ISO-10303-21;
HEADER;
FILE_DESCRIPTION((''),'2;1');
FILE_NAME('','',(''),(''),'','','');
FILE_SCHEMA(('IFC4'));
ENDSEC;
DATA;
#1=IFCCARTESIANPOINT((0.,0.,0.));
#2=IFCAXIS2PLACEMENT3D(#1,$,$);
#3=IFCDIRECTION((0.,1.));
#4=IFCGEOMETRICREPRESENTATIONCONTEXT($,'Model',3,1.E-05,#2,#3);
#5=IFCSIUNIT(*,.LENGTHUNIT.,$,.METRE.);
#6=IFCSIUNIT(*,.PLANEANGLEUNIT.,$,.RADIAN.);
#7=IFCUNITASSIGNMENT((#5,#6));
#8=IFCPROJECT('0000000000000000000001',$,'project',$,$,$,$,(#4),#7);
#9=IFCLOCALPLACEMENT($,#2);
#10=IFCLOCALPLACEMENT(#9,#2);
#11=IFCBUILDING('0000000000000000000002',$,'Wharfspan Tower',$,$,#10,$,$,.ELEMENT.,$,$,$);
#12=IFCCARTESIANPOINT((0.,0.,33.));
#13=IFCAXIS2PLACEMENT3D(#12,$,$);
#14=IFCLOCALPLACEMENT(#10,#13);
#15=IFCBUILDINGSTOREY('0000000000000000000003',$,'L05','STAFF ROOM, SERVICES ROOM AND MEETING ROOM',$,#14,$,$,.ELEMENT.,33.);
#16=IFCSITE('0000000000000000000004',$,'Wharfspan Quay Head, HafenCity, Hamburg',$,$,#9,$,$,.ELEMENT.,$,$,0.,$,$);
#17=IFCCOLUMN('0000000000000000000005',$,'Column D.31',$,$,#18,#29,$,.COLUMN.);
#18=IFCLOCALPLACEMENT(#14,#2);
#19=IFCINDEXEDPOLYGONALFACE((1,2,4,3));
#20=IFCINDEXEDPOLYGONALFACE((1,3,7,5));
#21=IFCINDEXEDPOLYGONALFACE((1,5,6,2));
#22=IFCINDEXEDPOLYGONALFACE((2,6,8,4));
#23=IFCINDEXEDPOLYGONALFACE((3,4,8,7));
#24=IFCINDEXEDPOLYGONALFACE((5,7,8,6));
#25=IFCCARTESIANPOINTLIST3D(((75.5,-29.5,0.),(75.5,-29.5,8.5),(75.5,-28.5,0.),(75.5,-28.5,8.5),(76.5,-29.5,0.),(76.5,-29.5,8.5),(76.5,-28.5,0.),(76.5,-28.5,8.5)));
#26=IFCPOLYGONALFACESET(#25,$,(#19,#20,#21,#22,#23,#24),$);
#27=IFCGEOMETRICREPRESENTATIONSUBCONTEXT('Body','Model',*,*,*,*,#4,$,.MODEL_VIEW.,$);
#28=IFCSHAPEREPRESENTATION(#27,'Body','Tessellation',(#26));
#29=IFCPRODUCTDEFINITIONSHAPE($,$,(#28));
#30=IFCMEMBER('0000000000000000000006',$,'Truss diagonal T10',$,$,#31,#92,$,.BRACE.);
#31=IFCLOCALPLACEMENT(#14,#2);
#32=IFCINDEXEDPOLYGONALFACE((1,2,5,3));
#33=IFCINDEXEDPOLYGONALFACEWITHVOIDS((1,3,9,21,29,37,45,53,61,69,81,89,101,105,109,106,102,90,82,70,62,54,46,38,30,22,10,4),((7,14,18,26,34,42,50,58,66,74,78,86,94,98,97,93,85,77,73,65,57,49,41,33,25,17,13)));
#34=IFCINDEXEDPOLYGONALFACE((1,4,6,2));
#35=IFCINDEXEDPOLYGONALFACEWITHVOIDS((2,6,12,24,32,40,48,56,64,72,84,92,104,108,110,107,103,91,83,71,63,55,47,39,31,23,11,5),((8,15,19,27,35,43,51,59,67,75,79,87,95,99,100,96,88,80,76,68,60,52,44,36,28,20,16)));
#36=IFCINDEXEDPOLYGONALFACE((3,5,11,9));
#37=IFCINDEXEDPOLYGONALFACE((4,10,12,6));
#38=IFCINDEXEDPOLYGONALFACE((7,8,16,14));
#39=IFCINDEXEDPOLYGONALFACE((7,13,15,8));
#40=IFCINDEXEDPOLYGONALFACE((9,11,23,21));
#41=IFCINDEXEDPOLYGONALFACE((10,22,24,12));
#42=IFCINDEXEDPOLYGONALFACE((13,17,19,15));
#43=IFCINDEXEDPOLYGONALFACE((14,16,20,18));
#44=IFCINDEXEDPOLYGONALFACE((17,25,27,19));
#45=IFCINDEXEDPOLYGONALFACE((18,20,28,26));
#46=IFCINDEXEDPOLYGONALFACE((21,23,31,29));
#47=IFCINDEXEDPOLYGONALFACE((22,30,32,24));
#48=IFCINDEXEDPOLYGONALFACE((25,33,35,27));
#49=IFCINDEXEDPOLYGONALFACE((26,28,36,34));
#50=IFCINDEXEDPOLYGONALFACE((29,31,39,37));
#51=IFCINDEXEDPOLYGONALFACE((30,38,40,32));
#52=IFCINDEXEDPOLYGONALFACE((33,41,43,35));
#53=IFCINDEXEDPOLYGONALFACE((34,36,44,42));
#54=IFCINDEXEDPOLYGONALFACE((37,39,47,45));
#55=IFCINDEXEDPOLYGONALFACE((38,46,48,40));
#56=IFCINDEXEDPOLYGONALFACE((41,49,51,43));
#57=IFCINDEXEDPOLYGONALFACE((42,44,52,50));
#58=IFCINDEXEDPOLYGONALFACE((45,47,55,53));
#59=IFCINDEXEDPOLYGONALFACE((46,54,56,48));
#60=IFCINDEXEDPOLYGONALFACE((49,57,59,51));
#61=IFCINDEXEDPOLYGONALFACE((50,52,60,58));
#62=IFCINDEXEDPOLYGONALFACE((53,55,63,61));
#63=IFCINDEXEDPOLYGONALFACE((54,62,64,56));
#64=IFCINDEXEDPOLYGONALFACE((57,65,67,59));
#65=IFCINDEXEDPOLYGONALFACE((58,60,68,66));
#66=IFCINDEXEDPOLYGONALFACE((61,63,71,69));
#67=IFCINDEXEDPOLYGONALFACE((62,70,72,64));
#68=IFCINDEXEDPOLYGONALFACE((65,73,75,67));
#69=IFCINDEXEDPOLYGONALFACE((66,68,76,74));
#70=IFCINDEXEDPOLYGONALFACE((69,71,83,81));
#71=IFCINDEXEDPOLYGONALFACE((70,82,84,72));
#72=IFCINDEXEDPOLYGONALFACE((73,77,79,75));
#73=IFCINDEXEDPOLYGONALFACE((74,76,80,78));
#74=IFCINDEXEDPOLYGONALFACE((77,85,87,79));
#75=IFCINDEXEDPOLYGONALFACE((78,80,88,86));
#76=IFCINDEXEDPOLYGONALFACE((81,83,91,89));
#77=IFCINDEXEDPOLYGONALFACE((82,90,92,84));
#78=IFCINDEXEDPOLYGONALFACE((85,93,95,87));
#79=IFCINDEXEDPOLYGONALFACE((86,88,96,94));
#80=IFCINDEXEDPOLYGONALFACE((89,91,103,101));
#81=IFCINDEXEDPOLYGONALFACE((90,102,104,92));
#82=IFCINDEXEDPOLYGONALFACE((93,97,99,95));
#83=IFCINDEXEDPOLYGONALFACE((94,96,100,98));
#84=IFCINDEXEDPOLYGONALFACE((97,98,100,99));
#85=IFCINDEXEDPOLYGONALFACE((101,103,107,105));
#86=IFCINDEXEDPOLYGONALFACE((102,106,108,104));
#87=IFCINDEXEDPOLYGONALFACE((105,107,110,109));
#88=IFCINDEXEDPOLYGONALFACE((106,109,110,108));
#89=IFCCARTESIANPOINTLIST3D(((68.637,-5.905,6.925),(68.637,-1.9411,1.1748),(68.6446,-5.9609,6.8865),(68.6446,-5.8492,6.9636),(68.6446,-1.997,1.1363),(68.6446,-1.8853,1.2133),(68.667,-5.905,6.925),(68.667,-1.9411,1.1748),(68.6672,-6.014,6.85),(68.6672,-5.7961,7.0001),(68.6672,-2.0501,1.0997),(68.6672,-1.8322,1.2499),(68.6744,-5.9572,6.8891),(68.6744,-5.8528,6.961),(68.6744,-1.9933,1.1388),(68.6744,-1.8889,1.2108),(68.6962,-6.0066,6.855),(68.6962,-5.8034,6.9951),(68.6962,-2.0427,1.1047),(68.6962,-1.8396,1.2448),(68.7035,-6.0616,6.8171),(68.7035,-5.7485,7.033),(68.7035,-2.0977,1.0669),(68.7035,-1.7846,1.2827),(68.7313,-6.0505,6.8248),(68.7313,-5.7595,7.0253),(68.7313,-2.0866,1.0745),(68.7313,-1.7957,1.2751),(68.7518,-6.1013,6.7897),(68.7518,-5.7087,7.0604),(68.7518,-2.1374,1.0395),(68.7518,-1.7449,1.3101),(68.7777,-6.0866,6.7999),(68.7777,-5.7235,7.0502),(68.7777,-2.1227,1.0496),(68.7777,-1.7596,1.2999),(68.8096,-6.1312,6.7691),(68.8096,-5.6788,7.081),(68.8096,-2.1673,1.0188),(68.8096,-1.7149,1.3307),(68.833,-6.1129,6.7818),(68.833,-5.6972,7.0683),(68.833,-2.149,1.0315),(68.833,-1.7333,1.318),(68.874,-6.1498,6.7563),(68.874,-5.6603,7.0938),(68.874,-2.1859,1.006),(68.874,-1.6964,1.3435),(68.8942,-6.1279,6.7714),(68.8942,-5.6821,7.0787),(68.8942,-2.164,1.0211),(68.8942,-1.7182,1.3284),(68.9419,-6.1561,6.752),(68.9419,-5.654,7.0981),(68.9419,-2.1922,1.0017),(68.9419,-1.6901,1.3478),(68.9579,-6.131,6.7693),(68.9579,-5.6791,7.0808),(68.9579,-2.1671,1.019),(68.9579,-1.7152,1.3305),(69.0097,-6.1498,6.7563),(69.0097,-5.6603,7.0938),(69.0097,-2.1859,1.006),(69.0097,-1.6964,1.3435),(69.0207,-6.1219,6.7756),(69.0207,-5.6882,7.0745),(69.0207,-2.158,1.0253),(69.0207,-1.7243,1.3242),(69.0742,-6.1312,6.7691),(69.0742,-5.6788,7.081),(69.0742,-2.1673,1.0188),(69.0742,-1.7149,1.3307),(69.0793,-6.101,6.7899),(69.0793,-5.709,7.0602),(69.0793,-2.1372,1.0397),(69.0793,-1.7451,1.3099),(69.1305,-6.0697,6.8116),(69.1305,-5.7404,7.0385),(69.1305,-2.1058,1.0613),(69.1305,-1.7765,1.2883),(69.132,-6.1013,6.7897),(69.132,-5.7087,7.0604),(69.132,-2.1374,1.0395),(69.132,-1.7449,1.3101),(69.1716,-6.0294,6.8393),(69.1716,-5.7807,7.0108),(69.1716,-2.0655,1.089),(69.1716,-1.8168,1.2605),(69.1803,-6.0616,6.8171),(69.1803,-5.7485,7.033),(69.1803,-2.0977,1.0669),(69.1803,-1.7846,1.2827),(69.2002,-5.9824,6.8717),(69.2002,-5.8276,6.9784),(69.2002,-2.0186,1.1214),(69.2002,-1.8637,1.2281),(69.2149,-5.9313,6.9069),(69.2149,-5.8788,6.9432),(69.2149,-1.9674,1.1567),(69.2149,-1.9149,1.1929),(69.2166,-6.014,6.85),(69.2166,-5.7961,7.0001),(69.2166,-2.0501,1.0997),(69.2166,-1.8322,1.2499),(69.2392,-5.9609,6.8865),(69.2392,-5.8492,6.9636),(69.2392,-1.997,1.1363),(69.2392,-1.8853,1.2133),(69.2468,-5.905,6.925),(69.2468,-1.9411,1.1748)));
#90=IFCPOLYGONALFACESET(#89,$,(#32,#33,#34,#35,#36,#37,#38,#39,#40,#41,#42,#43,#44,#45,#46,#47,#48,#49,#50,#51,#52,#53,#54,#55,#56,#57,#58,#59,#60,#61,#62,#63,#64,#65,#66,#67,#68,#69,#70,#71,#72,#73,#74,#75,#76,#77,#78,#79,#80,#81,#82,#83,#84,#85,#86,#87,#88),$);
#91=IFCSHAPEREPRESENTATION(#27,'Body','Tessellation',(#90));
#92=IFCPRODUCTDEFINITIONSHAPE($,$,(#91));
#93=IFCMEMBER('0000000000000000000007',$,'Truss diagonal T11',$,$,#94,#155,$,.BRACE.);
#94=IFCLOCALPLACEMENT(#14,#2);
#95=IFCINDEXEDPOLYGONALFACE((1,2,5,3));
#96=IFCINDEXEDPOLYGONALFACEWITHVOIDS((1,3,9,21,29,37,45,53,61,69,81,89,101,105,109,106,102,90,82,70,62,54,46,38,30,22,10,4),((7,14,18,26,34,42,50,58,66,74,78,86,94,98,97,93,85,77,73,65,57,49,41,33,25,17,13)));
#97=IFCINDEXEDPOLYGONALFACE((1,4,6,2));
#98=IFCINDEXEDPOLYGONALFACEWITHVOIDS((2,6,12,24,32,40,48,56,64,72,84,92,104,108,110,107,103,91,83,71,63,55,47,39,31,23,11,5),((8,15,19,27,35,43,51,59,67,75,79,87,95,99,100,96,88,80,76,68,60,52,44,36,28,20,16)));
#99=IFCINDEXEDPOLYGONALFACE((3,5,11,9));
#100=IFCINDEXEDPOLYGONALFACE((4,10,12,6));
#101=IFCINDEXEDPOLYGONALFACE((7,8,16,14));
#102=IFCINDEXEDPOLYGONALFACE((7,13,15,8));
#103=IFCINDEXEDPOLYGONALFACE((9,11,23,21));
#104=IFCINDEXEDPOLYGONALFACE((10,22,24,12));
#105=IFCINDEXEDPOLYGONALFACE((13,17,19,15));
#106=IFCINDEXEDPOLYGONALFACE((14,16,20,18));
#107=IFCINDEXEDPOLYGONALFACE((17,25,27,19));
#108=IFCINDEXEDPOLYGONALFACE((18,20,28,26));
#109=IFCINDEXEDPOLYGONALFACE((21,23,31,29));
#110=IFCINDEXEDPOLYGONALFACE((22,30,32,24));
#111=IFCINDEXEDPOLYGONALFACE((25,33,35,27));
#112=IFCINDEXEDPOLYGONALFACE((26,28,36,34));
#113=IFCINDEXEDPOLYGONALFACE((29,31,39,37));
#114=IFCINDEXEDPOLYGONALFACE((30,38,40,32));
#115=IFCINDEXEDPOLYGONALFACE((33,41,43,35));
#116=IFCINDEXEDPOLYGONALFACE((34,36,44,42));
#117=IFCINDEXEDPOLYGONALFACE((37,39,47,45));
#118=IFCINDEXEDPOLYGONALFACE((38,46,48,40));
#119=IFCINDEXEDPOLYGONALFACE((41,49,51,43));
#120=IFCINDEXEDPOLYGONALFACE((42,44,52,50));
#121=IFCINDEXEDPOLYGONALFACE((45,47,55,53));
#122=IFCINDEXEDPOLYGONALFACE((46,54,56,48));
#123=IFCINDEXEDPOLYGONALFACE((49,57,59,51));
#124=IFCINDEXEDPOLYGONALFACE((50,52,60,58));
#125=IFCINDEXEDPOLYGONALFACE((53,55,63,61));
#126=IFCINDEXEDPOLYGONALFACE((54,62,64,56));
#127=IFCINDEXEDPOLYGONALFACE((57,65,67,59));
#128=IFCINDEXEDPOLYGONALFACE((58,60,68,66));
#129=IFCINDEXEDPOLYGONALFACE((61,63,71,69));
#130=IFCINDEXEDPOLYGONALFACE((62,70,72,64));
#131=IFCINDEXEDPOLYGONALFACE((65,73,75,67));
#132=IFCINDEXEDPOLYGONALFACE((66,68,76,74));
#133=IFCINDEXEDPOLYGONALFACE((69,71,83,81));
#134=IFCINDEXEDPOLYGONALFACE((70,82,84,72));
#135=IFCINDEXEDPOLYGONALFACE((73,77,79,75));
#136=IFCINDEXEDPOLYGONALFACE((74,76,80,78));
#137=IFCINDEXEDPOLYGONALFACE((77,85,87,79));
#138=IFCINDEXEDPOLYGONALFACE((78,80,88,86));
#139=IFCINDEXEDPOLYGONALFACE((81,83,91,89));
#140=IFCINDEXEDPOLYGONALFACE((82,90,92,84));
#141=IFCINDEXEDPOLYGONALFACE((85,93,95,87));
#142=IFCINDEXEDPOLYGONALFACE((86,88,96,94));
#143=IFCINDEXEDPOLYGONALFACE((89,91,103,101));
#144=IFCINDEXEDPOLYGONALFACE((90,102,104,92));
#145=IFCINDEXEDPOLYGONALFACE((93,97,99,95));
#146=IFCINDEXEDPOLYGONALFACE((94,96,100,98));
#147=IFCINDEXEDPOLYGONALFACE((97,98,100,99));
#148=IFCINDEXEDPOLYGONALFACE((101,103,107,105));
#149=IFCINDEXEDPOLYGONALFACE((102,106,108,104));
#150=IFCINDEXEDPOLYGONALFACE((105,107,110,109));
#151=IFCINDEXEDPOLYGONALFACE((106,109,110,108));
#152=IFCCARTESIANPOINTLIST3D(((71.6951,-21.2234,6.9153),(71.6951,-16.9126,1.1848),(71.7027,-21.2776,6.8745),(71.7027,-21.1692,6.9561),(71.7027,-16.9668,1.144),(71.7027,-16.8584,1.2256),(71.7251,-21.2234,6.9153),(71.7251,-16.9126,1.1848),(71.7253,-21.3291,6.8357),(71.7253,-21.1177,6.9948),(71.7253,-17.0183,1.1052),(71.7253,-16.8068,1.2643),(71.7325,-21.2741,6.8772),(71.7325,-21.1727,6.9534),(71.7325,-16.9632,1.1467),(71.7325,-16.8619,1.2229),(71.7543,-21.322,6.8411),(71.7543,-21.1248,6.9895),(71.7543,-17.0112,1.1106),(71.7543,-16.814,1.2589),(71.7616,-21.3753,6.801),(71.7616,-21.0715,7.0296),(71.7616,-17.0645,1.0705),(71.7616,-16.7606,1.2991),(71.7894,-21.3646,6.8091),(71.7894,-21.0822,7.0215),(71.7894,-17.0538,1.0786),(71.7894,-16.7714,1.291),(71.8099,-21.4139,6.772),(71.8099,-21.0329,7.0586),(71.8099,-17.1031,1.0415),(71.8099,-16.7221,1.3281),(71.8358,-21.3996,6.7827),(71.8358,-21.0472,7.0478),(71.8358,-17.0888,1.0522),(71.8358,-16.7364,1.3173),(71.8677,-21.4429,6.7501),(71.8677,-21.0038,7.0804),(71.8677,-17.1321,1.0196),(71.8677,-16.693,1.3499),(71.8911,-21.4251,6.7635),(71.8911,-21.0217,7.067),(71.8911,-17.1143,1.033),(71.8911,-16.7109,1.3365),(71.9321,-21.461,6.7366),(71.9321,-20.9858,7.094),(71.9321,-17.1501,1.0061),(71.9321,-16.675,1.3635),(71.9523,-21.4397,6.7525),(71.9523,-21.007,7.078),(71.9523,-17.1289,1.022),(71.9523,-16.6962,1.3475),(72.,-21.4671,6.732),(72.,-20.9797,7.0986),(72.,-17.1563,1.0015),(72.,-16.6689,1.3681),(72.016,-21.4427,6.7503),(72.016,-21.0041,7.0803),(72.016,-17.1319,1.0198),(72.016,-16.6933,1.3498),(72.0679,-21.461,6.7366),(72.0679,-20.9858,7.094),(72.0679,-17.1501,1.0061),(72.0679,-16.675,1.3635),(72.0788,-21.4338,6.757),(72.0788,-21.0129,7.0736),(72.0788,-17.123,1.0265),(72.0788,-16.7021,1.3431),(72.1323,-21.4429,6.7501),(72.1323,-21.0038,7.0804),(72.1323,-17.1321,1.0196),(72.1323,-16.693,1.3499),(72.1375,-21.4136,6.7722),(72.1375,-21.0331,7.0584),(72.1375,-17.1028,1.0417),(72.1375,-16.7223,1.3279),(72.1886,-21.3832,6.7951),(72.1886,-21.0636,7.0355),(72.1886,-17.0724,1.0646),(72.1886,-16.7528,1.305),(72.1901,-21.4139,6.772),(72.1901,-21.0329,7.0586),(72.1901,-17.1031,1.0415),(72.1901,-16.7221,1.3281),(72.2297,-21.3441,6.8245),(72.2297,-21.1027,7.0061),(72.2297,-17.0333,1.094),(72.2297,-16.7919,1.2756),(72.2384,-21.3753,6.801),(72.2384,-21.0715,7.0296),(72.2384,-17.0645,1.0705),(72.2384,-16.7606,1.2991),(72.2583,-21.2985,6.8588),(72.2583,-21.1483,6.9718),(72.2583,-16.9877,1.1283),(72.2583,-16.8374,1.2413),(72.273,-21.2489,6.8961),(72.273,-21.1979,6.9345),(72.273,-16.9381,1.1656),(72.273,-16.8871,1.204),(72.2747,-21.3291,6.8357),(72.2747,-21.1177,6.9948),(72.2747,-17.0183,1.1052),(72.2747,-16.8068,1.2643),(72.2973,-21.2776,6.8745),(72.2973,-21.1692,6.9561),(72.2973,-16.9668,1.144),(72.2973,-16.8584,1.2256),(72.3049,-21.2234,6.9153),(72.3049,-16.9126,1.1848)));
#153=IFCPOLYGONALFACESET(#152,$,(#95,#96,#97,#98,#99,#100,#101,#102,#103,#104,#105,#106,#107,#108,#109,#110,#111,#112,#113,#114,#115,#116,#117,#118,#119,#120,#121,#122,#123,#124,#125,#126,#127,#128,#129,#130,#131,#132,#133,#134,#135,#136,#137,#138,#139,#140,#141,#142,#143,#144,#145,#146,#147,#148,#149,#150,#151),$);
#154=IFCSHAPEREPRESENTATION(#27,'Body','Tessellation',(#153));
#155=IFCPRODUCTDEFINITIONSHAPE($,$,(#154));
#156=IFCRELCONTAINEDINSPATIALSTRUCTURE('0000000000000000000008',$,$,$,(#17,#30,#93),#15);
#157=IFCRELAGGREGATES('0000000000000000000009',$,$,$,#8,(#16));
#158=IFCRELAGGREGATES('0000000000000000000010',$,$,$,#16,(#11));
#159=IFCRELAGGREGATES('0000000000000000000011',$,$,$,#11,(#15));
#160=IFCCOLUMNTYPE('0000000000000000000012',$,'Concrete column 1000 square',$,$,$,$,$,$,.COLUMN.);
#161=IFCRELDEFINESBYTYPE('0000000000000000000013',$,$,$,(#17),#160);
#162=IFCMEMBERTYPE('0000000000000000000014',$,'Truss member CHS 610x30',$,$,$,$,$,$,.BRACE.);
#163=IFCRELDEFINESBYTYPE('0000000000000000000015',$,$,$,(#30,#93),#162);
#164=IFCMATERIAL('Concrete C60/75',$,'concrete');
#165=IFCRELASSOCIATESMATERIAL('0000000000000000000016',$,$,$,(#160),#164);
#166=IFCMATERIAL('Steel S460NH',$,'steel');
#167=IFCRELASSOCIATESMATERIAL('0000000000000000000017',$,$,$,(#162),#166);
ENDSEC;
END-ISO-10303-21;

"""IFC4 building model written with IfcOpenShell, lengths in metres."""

from ifc_helpers import new_model, si_unit, direction, frame, origin, origin_2d, place, context, subcontext, project, spatial, rectangle, hollow_circle, extrude, material, material_profile, profile_set, type_object, element, save


model = new_model("IFC4")

# Units and contexts
model_context = context("Model", 3, precision=1e-05, world=origin(), true_north=direction((0.0, 1.0)))
body_context = subcontext(model_context, "Body", "Model", "MODEL_VIEW")
ifc_project = project(units=[si_unit("LENGTHUNIT", "METRE"), si_unit("PLANEANGLEUNIT", "RADIAN")], contexts=[model_context])

# Site, building, storey
site_placement = place(None, origin())
site = spatial("IfcSite", under=ifc_project, at=site_placement, Name="Wharfspan Quay Head, HafenCity, Hamburg", CompositionType="ELEMENT", RefElevation=0.0)
building_placement = place(site_placement, origin())
building = spatial("IfcBuilding", under=site, at=building_placement, Name="Wharfspan Tower", CompositionType="ELEMENT")
storey_placement = place(building_placement, frame((0.0, 0.0, 33.0)))
storey = spatial("IfcBuildingStorey", under=building, at=storey_placement, Name="L05", Description="STAFF ROOM, SERVICES ROOM AND MEETING ROOM", CompositionType="ELEMENT", Elevation=33.0)

# Column
ifc_material_1 = material(Name="Concrete C60/75", Category="concrete")
ifc_material_profile_1 = material_profile(ifc_material_1, rectangle(XDim=1.0, YDim=1.0, at=origin_2d()))
ifc_profile_set_1 = profile_set([ifc_material_profile_1], Name="Concrete C60/75")
column_type = type_object("IfcColumnType", Name="Concrete column 1000 square", PredefinedType="COLUMN", material=ifc_profile_set_1)
column_placement = place(storey_placement, frame((76.0, -29.0, 0.0), z_axis=(0.0, 0.0, 1.0), x_axis=(1.0, 0.0, 0.0)))
element("IfcColumn", 1, at=column_placement, inside=storey, type_object=column_type, Name="Column D.31", PredefinedType="COLUMN", context=body_context, shape_type="SweptSolid", body=[
    extrude(rectangle(XDim=1.0, YDim=1.0, at=origin_2d()), origin(), (0.0, 0.0, 1.0), 8.5),
])

# Members
ifc_material_2 = material(Name="Steel S460NH", Category="steel")
ifc_material_profile_2 = material_profile(ifc_material_2, hollow_circle(Radius=0.3049, WallThickness=0.03, at=origin_2d()))
ifc_profile_set_2 = profile_set([ifc_material_profile_2], Name="Steel S460NH")
member_type_1 = type_object("IfcMemberType", Name="Truss member CHS 610x30", PredefinedType="BRACE", material=ifc_profile_set_2)
member_1_placement = place(storey_placement, frame((68.9419, -5.905, 6.925), z_axis=(0.0, 0.567556, -0.823334), x_axis=(-1.0, 0.0, 0.0)))
element("IfcMember", 2, at=member_1_placement, inside=storey, type_object=member_type_1, Name="Truss diagonal T10", PredefinedType="BRACE", context=body_context, shape_type="SweptSolid", body=[
    extrude(hollow_circle(Radius=0.3049, WallThickness=0.03, at=origin_2d()), origin(), (0.0, 0.0, 1.0), 6.9841),
])
member_2_placement = place(storey_placement, frame((72.0, -21.2234, 6.9153), z_axis=(0.0, 0.601154, -0.799133), x_axis=(-1.0, 0.0, 0.0)))
element("IfcMember", 3, at=member_2_placement, inside=storey, type_object=member_type_1, Name="Truss diagonal T11", PredefinedType="BRACE", context=body_context, shape_type="SweptSolid", body=[
    extrude(hollow_circle(Radius=0.3049, WallThickness=0.03, at=origin_2d()), origin(), (0.0, 0.0, 1.0), 7.1709),
])

save(model, "model.ifc")
